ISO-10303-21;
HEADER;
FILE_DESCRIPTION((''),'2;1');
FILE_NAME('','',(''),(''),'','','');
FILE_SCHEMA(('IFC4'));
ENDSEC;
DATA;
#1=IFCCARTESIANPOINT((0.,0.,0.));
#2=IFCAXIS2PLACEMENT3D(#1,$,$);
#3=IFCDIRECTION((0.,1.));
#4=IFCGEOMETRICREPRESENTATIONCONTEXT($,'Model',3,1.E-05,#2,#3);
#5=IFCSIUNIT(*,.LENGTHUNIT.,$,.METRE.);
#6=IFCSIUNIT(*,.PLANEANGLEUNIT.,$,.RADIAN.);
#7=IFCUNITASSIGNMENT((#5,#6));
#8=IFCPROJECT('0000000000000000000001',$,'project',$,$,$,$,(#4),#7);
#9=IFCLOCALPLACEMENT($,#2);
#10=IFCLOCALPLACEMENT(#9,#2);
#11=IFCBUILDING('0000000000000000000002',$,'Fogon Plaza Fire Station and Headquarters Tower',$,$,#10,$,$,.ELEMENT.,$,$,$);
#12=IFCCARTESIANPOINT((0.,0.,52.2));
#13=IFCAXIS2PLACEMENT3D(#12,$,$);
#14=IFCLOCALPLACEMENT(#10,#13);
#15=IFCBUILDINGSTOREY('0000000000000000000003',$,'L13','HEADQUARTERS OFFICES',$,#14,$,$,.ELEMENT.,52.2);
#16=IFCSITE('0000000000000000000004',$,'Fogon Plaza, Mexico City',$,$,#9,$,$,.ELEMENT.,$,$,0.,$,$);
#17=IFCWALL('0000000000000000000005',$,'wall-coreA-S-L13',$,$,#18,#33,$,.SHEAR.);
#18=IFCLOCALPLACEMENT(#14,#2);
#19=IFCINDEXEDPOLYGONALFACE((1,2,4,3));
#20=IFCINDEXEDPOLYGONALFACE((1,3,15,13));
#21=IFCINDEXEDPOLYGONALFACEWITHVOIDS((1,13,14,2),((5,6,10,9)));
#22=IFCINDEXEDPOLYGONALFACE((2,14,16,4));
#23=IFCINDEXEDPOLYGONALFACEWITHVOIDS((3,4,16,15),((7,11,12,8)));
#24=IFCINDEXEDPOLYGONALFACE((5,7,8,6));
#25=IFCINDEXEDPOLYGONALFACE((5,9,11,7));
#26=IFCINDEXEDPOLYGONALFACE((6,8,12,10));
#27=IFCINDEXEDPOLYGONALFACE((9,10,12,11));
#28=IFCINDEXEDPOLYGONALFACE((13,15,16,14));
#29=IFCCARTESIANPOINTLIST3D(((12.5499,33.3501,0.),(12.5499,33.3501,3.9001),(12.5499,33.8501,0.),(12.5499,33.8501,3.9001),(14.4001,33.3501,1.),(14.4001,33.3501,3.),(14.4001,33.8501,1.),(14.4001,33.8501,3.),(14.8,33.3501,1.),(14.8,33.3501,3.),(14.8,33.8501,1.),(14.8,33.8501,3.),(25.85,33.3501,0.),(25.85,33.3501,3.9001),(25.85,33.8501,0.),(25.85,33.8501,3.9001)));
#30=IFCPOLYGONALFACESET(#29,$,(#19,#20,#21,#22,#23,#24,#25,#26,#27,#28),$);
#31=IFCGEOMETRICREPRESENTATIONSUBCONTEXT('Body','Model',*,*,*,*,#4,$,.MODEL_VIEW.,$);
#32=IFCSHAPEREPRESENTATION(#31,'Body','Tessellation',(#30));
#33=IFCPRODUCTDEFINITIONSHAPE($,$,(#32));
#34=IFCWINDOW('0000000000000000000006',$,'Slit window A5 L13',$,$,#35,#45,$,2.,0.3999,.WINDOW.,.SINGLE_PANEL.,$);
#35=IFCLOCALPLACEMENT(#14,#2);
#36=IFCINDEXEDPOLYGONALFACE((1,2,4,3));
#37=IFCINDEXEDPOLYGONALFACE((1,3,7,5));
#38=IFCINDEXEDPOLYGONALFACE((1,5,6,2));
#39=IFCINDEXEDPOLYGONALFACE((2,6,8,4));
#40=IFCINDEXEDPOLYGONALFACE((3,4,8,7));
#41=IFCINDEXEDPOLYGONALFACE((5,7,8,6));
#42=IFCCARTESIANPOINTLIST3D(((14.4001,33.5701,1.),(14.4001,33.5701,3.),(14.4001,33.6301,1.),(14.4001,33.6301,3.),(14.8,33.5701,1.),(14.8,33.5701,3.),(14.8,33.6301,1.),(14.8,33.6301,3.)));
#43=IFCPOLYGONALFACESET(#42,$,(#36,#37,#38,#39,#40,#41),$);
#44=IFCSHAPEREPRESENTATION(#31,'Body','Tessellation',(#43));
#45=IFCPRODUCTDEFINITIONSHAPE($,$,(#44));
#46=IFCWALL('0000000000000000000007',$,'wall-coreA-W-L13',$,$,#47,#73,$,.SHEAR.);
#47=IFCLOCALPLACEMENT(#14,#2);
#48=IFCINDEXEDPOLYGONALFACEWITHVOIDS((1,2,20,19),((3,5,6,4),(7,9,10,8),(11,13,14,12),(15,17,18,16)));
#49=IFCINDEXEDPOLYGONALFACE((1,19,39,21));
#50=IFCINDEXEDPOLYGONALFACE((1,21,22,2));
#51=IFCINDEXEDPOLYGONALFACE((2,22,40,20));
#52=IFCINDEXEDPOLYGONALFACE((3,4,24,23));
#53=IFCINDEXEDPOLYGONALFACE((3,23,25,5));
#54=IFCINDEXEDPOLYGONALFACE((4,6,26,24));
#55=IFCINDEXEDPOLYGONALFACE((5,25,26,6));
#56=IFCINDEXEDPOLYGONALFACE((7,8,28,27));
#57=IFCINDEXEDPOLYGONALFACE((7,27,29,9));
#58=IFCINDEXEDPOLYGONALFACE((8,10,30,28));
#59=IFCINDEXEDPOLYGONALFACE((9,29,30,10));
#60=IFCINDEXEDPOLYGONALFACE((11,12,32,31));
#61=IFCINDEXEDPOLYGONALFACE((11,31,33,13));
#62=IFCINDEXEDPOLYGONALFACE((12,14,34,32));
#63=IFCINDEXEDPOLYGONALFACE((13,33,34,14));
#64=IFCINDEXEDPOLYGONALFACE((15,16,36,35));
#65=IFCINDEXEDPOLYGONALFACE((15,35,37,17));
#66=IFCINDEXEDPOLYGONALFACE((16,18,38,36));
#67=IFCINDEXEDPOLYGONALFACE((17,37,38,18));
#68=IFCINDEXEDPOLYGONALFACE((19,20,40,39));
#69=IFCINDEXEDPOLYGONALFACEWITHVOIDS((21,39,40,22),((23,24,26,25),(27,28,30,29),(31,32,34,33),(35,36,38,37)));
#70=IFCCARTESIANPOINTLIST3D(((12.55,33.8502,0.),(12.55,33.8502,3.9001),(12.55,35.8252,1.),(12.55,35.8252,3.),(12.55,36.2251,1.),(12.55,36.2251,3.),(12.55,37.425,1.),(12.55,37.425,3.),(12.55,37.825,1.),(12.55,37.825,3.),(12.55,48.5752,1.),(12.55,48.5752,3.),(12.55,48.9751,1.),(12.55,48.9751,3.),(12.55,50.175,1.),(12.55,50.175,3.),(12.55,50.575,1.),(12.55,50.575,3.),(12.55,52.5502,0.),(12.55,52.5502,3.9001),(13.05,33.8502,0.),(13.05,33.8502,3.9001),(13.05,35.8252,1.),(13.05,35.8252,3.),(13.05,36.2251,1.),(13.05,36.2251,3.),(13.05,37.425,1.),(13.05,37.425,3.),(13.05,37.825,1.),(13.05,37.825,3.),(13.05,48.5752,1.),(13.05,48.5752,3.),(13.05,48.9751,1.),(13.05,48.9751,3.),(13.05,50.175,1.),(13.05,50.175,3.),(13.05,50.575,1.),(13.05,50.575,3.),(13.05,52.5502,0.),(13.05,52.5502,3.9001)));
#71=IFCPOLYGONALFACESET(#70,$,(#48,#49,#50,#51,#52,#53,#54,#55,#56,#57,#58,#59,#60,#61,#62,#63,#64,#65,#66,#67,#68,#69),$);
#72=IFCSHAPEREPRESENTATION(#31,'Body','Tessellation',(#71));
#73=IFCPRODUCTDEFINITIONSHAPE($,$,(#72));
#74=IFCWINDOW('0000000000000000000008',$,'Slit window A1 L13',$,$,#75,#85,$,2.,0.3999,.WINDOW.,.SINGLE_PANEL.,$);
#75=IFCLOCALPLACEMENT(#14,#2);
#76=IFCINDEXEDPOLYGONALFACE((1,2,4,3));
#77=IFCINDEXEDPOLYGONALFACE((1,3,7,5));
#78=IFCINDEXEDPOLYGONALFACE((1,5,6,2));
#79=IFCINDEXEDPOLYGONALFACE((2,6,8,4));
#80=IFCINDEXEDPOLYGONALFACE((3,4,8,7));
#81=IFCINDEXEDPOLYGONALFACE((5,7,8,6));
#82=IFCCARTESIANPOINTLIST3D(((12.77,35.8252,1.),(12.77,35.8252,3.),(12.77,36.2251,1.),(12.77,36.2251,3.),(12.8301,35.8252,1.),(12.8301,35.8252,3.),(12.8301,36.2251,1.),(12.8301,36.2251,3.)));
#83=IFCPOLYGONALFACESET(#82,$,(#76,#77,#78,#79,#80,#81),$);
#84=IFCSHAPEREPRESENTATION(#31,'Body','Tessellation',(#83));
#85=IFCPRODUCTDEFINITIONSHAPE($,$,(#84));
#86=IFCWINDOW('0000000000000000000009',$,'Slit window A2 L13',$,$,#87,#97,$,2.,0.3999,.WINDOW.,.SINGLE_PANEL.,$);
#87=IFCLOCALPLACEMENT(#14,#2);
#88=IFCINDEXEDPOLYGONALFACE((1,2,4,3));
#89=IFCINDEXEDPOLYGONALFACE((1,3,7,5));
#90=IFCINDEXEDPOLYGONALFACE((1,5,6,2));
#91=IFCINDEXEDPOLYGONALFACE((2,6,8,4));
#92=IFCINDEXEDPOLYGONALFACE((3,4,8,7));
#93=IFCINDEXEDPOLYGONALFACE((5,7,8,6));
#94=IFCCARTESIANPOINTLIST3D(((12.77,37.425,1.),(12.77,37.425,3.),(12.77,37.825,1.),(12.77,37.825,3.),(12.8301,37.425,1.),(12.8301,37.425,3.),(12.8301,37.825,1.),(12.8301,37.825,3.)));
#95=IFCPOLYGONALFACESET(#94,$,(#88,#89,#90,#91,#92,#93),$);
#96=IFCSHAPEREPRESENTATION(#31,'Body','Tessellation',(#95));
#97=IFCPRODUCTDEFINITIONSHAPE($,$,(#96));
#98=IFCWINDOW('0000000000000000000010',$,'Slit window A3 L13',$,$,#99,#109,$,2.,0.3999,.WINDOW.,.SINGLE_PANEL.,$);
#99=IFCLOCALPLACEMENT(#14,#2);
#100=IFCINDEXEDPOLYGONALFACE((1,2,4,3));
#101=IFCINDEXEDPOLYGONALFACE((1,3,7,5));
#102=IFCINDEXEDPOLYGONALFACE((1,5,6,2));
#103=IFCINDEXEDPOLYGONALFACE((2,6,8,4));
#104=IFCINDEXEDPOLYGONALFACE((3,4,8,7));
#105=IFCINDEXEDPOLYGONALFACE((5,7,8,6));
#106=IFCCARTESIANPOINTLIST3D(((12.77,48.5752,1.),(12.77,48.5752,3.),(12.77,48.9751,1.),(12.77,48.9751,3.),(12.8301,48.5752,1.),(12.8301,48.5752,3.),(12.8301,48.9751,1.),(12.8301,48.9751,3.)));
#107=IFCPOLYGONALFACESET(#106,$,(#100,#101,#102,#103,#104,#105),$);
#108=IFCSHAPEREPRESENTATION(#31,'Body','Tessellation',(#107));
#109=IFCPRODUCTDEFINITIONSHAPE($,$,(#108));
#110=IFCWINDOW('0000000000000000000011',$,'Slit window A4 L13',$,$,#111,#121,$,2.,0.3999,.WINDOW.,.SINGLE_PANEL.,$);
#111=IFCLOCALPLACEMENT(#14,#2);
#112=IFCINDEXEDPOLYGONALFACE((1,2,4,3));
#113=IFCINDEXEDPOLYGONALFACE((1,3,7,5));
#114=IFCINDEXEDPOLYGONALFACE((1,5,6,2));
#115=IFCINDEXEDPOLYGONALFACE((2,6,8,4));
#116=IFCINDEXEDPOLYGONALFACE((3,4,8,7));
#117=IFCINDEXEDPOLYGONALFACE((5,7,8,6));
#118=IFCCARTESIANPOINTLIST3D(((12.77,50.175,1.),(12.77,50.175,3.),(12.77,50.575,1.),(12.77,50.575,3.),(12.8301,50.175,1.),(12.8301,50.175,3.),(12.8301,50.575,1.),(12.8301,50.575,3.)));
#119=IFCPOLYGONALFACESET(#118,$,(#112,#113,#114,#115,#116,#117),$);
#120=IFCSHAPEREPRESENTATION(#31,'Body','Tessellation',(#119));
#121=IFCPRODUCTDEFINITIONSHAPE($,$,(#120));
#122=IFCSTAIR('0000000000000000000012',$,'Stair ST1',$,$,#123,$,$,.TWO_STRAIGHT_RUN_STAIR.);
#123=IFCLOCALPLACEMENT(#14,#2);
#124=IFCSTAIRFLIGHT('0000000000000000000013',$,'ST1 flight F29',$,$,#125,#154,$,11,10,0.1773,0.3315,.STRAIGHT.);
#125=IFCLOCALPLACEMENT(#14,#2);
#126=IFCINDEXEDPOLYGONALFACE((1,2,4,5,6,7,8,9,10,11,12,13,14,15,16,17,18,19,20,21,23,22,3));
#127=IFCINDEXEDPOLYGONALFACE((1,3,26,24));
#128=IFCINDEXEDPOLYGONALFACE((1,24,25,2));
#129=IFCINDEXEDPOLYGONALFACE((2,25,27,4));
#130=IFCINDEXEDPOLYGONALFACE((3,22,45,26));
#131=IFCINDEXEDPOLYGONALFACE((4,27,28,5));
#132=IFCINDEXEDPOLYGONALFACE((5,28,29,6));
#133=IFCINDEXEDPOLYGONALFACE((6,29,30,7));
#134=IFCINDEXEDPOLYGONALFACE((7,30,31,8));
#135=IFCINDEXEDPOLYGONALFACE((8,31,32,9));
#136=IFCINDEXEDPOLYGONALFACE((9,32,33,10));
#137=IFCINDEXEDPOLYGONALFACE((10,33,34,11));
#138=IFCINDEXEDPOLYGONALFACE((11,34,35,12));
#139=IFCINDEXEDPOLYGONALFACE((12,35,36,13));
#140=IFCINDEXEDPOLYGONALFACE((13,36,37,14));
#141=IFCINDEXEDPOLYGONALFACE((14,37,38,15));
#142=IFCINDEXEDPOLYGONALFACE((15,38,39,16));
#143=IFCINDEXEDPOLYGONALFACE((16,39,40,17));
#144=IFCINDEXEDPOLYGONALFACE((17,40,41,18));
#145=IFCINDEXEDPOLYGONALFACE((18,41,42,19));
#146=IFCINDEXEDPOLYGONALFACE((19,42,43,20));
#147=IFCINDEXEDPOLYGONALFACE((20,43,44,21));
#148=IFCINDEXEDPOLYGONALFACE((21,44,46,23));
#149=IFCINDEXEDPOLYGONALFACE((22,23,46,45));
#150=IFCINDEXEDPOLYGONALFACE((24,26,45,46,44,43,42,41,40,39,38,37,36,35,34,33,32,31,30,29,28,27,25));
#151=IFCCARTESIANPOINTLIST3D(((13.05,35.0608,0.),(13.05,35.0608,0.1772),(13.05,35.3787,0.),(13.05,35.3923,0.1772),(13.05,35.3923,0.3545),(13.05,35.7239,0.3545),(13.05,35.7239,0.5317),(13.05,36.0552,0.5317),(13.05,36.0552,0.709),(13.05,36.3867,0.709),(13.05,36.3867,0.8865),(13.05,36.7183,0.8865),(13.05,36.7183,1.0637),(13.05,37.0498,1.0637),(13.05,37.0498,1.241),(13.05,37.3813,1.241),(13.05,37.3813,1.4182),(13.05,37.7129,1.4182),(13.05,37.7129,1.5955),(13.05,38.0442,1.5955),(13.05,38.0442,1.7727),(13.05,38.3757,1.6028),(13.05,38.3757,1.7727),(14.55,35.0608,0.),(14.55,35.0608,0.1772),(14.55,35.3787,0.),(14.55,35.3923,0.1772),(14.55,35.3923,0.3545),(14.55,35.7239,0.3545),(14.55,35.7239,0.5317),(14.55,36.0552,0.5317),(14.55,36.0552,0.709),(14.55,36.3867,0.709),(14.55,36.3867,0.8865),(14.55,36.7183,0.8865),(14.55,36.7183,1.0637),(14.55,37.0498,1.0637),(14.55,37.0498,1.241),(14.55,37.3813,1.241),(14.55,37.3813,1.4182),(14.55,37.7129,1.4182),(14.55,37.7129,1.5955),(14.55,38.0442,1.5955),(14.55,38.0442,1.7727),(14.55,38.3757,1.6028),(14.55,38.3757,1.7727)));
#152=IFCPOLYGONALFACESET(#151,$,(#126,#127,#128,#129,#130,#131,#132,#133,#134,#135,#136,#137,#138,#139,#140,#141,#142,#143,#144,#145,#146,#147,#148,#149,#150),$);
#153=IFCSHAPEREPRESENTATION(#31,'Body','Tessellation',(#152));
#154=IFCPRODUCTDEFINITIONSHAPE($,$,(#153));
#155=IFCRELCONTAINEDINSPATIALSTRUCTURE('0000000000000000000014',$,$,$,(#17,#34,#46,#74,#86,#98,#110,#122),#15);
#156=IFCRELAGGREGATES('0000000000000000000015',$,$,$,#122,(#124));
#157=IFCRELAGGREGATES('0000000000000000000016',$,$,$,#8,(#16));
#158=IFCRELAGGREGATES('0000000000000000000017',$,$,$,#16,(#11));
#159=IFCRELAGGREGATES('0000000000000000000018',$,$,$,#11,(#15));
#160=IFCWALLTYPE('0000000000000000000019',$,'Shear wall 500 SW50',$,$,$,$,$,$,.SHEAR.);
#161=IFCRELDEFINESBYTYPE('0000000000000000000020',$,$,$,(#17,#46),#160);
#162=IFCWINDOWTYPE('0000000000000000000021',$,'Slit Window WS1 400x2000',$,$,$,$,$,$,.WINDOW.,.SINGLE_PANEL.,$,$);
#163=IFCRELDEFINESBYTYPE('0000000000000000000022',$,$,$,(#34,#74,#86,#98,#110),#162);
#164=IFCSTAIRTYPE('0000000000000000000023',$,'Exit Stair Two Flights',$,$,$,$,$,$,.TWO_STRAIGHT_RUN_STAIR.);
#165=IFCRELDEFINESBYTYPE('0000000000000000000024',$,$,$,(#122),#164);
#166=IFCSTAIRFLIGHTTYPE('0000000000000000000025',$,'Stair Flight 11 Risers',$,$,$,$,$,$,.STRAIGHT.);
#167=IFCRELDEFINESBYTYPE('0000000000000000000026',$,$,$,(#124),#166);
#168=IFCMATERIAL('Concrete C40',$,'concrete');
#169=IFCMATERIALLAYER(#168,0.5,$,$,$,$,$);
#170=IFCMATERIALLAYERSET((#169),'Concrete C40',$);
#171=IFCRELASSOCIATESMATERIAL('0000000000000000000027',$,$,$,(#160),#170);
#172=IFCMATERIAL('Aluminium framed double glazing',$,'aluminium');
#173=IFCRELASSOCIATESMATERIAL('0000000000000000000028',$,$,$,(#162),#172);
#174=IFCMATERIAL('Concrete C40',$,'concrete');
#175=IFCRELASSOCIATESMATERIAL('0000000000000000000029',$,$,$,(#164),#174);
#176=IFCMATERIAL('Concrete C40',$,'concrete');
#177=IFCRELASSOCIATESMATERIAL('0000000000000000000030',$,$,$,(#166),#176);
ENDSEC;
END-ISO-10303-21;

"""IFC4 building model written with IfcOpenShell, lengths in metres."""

from ifc_helpers import new_model, si_unit, direction, frame, frame_2d, origin, place, context, subcontext, project, spatial, polyline, rectangle, outline, extrude, material, layer, layer_set, type_object, element, fill, aggregate, save


model = new_model("IFC4")

# Units and contexts
model_context = context("Model", 3, precision=1e-05, world=origin(), true_north=direction((0.0, 1.0)))
body_context = subcontext(model_context, "Body", "Model", "MODEL_VIEW")
ifc_project = project(units=[si_unit("LENGTHUNIT", "METRE"), si_unit("PLANEANGLEUNIT", "RADIAN")], contexts=[model_context])

# Site, building, storey
site_placement = place(None, origin())
site = spatial("IfcSite", under=ifc_project, at=site_placement, Name="Fogon Plaza, Mexico City", CompositionType="ELEMENT", RefElevation=0.0)
building_placement = place(site_placement, origin())
building = spatial("IfcBuilding", under=site, at=building_placement, Name="Fogon Plaza Fire Station and Headquarters Tower", CompositionType="ELEMENT")
storey_placement = place(building_placement, frame((0.0, 0.0, 52.2)))
storey = spatial("IfcBuildingStorey", under=building, at=storey_placement, Name="L13", Description="HEADQUARTERS OFFICES", CompositionType="ELEMENT", Elevation=52.2)

# Wall, opening, window
ifc_material_1 = material(Name="Concrete C40", Category="concrete")
ifc_layer_1 = layer(ifc_material_1, 0.5)
ifc_layer_set_1 = layer_set([ifc_layer_1], Name="Concrete C40")
wall_type_1 = type_object("IfcWallType", Name="Shear wall 500 SW50", PredefinedType="SHEAR", material=ifc_layer_set_1)
wall_1_placement = place(storey_placement, frame((12.55, 33.6001, 0.0), z_axis=(0.0, 0.0, 1.0), x_axis=(1.0, 0.0, 0.0)))
wall_1 = element("IfcWall", 1, at=wall_1_placement, inside=storey, type_object=wall_type_1, Name="wall-coreA-S-L13", PredefinedType="SHEAR", context=body_context, shape_type="SweptSolid", body=[
    extrude(rectangle(XDim=13.3, YDim=0.5, at=frame_2d((6.6499, 0.0))), origin(), (0.0, 0.0, 1.0), 3.9001),
])
opening_1_placement = place(wall_1_placement, frame((1.8501, 0.0, 1.0)))
opening_1 = element("IfcOpeningElement", 2, at=opening_1_placement, cuts=wall_1, PredefinedType="OPENING", context=body_context, shape_type="SweptSolid", body=[
    extrude(rectangle(XDim=0.3999, YDim=2.0, at=frame_2d((0.2, 1.0))), frame((0.0, 0.26, 0.0), z_axis=(0.0, -1.0, 0.0), x_axis=(1.0, 0.0, 0.0)), (0.0, 0.0, 1.0), 0.52),
])
ifc_material_2 = material(Name="Aluminium framed double glazing", Category="aluminium")
window_type = type_object("IfcWindowType", Name="Slit Window WS1 400x2000", PartitioningType="SINGLE_PANEL", PredefinedType="WINDOW", material=ifc_material_2)
window_1_placement = place(opening_1_placement, origin())
window_1 = element("IfcWindow", 3, at=window_1_placement, inside=storey, type_object=window_type, Name="Slit window A5 L13", OverallHeight=2.0, OverallWidth=0.3999, PartitioningType="SINGLE_PANEL", PredefinedType="WINDOW", context=body_context, shape_type="SweptSolid", body=[
    extrude(rectangle(XDim=0.3999, YDim=2.0, at=frame_2d((0.2, 1.0))), frame((0.0, 0.03, 0.0), z_axis=(0.0, -1.0, 0.0), x_axis=(1.0, 0.0, 0.0)), (0.0, 0.0, 1.0), 0.0601),
])
fill(opening_1, window_1)

# Wall, openings, windows
wall_2_placement = place(storey_placement, frame((12.8, 33.8501, 0.0), z_axis=(0.0, 0.0, 1.0), x_axis=(0.0, 1.0, 0.0)))
wall_2 = element("IfcWall", 4, at=wall_2_placement, inside=storey, type_object=wall_type_1, Name="wall-coreA-W-L13", PredefinedType="SHEAR", context=body_context, shape_type="SweptSolid", body=[
    extrude(rectangle(XDim=18.7, YDim=0.5, at=frame_2d((9.3501, 0.0))), origin(), (0.0, 0.0, 1.0), 3.9001),
])
opening_2_placement = place(wall_2_placement, frame((1.9751, 0.0, 1.0)))
opening_2 = element("IfcOpeningElement", 5, at=opening_2_placement, cuts=wall_2, PredefinedType="OPENING", context=body_context, shape_type="SweptSolid", body=[
    extrude(rectangle(XDim=0.3999, YDim=2.0, at=frame_2d((0.2, 1.0))), frame((0.0, 0.26, 0.0), z_axis=(0.0, -1.0, 0.0), x_axis=(1.0, 0.0, 0.0)), (0.0, 0.0, 1.0), 0.52),
])
opening_3_placement = place(wall_2_placement, frame((3.575, 0.0, 1.0)))
opening_3 = element("IfcOpeningElement", 6, at=opening_3_placement, cuts=wall_2, PredefinedType="OPENING", context=body_context, shape_type="SweptSolid", body=[
    extrude(rectangle(XDim=0.3999, YDim=2.0, at=frame_2d((0.2, 1.0))), frame((0.0, 0.26, 0.0), z_axis=(0.0, -1.0, 0.0), x_axis=(1.0, 0.0, 0.0)), (0.0, 0.0, 1.0), 0.52),
])
opening_4_placement = place(wall_2_placement, frame((14.7251, 0.0, 1.0)))
opening_4 = element("IfcOpeningElement", 7, at=opening_4_placement, cuts=wall_2, PredefinedType="OPENING", context=body_context, shape_type="SweptSolid", body=[
    extrude(rectangle(XDim=0.3999, YDim=2.0, at=frame_2d((0.2, 1.0))), frame((0.0, 0.26, 0.0), z_axis=(0.0, -1.0, 0.0), x_axis=(1.0, 0.0, 0.0)), (0.0, 0.0, 1.0), 0.52),
])
opening_5_placement = place(wall_2_placement, frame((16.325, 0.0, 1.0)))
opening_5 = element("IfcOpeningElement", 8, at=opening_5_placement, cuts=wall_2, PredefinedType="OPENING", context=body_context, shape_type="SweptSolid", body=[
    extrude(rectangle(XDim=0.3999, YDim=2.0, at=frame_2d((0.2, 1.0))), frame((0.0, 0.26, 0.0), z_axis=(0.0, -1.0, 0.0), x_axis=(1.0, 0.0, 0.0)), (0.0, 0.0, 1.0), 0.52),
])
window_2_placement = place(opening_2_placement, origin())
window_2 = element("IfcWindow", 9, at=window_2_placement, inside=storey, type_object=window_type, Name="Slit window A1 L13", OverallHeight=2.0, OverallWidth=0.3999, PartitioningType="SINGLE_PANEL", PredefinedType="WINDOW", context=body_context, shape_type="SweptSolid", body=[
    extrude(rectangle(XDim=0.3999, YDim=2.0, at=frame_2d((0.2, 1.0))), frame((0.0, 0.03, 0.0), z_axis=(0.0, -1.0, 0.0), x_axis=(1.0, 0.0, 0.0)), (0.0, 0.0, 1.0), 0.0601),
])
fill(opening_2, window_2)
window_3_placement = place(opening_3_placement, origin())
window_3 = element("IfcWindow", 10, at=window_3_placement, inside=storey, type_object=window_type, Name="Slit window A2 L13", OverallHeight=2.0, OverallWidth=0.3999, PartitioningType="SINGLE_PANEL", PredefinedType="WINDOW", context=body_context, shape_type="SweptSolid", body=[
    extrude(rectangle(XDim=0.3999, YDim=2.0, at=frame_2d((0.2, 1.0))), frame((0.0, 0.03, 0.0), z_axis=(0.0, -1.0, 0.0), x_axis=(1.0, 0.0, 0.0)), (0.0, 0.0, 1.0), 0.0601),
])
fill(opening_3, window_3)
window_4_placement = place(opening_4_placement, origin())
window_4 = element("IfcWindow", 11, at=window_4_placement, inside=storey, type_object=window_type, Name="Slit window A3 L13", OverallHeight=2.0, OverallWidth=0.3999, PartitioningType="SINGLE_PANEL", PredefinedType="WINDOW", context=body_context, shape_type="SweptSolid", body=[
    extrude(rectangle(XDim=0.3999, YDim=2.0, at=frame_2d((0.2, 1.0))), frame((0.0, 0.03, 0.0), z_axis=(0.0, -1.0, 0.0), x_axis=(1.0, 0.0, 0.0)), (0.0, 0.0, 1.0), 0.0601),
])
fill(opening_4, window_4)
window_5_placement = place(opening_5_placement, origin())
window_5 = element("IfcWindow", 12, at=window_5_placement, inside=storey, type_object=window_type, Name="Slit window A4 L13", OverallHeight=2.0, OverallWidth=0.3999, PartitioningType="SINGLE_PANEL", PredefinedType="WINDOW", context=body_context, shape_type="SweptSolid", body=[
    extrude(rectangle(XDim=0.3999, YDim=2.0, at=frame_2d((0.2, 1.0))), frame((0.0, 0.03, 0.0), z_axis=(0.0, -1.0, 0.0), x_axis=(1.0, 0.0, 0.0)), (0.0, 0.0, 1.0), 0.0601),
])
fill(opening_5, window_5)

# Stair, stair flight
ifc_material_3 = material(Name="Concrete C40", Category="concrete")
stair_type = type_object("IfcStairType", Name="Exit Stair Two Flights", PredefinedType="TWO_STRAIGHT_RUN_STAIR", material=ifc_material_3)
stair_placement = place(storey_placement, origin())
stair = element("IfcStair", 13, at=stair_placement, inside=storey, type_object=stair_type, Name="Stair ST1", PredefinedType="TWO_STRAIGHT_RUN_STAIR")
ifc_material_4 = material(Name="Concrete C40", Category="concrete")
stair_flight_type = type_object("IfcStairFlightType", Name="Stair Flight 11 Risers", PredefinedType="STRAIGHT", material=ifc_material_4)
stair_flight_placement = place(storey_placement, frame((13.8, 35.0608, 0.0), z_axis=(0.0, 0.0, 1.0), x_axis=(0.0, 1.0, 0.0)))
stair_flight = element("IfcStairFlight", 14, at=stair_flight_placement, type_object=stair_flight_type, Name="ST1 flight F29", NumberOfRisers=11, NumberOfTreads=10, PredefinedType="STRAIGHT", RiserHeight=0.1773, TreadLength=0.3315, context=body_context, shape_type="SweptSolid", body=[
    extrude(outline(polyline([(0.0, 0.0), (0.0, 0.1772), (0.3315, 0.1772), (0.3315, 0.3545), (0.6631, 0.3545), (0.6631, 0.5317), (0.9944, 0.5317), (0.9944, 0.709), (1.3259, 0.709), (1.3259, 0.8865), (1.6575, 0.8865), (1.6575, 1.0637), (1.989, 1.0637), (1.989, 1.241), (2.3206, 1.241), (2.3206, 1.4182), (2.6521, 1.4182), (2.6521, 1.5955), (2.9834, 1.5955), (2.9834, 1.7727), (3.3149, 1.7727), (3.3149, 1.95), (3.3149, 1.6028), (0.3179, 0.0), (0.0, 0.0)])), frame((0.0, 0.75, 0.0), z_axis=(0.0, -1.0, 0.0), x_axis=(1.0, 0.0, 0.0)), (0.0, 0.0, 1.0), 1.5),
])
aggregate(stair, [stair_flight])

save(model, "model.ifc")
